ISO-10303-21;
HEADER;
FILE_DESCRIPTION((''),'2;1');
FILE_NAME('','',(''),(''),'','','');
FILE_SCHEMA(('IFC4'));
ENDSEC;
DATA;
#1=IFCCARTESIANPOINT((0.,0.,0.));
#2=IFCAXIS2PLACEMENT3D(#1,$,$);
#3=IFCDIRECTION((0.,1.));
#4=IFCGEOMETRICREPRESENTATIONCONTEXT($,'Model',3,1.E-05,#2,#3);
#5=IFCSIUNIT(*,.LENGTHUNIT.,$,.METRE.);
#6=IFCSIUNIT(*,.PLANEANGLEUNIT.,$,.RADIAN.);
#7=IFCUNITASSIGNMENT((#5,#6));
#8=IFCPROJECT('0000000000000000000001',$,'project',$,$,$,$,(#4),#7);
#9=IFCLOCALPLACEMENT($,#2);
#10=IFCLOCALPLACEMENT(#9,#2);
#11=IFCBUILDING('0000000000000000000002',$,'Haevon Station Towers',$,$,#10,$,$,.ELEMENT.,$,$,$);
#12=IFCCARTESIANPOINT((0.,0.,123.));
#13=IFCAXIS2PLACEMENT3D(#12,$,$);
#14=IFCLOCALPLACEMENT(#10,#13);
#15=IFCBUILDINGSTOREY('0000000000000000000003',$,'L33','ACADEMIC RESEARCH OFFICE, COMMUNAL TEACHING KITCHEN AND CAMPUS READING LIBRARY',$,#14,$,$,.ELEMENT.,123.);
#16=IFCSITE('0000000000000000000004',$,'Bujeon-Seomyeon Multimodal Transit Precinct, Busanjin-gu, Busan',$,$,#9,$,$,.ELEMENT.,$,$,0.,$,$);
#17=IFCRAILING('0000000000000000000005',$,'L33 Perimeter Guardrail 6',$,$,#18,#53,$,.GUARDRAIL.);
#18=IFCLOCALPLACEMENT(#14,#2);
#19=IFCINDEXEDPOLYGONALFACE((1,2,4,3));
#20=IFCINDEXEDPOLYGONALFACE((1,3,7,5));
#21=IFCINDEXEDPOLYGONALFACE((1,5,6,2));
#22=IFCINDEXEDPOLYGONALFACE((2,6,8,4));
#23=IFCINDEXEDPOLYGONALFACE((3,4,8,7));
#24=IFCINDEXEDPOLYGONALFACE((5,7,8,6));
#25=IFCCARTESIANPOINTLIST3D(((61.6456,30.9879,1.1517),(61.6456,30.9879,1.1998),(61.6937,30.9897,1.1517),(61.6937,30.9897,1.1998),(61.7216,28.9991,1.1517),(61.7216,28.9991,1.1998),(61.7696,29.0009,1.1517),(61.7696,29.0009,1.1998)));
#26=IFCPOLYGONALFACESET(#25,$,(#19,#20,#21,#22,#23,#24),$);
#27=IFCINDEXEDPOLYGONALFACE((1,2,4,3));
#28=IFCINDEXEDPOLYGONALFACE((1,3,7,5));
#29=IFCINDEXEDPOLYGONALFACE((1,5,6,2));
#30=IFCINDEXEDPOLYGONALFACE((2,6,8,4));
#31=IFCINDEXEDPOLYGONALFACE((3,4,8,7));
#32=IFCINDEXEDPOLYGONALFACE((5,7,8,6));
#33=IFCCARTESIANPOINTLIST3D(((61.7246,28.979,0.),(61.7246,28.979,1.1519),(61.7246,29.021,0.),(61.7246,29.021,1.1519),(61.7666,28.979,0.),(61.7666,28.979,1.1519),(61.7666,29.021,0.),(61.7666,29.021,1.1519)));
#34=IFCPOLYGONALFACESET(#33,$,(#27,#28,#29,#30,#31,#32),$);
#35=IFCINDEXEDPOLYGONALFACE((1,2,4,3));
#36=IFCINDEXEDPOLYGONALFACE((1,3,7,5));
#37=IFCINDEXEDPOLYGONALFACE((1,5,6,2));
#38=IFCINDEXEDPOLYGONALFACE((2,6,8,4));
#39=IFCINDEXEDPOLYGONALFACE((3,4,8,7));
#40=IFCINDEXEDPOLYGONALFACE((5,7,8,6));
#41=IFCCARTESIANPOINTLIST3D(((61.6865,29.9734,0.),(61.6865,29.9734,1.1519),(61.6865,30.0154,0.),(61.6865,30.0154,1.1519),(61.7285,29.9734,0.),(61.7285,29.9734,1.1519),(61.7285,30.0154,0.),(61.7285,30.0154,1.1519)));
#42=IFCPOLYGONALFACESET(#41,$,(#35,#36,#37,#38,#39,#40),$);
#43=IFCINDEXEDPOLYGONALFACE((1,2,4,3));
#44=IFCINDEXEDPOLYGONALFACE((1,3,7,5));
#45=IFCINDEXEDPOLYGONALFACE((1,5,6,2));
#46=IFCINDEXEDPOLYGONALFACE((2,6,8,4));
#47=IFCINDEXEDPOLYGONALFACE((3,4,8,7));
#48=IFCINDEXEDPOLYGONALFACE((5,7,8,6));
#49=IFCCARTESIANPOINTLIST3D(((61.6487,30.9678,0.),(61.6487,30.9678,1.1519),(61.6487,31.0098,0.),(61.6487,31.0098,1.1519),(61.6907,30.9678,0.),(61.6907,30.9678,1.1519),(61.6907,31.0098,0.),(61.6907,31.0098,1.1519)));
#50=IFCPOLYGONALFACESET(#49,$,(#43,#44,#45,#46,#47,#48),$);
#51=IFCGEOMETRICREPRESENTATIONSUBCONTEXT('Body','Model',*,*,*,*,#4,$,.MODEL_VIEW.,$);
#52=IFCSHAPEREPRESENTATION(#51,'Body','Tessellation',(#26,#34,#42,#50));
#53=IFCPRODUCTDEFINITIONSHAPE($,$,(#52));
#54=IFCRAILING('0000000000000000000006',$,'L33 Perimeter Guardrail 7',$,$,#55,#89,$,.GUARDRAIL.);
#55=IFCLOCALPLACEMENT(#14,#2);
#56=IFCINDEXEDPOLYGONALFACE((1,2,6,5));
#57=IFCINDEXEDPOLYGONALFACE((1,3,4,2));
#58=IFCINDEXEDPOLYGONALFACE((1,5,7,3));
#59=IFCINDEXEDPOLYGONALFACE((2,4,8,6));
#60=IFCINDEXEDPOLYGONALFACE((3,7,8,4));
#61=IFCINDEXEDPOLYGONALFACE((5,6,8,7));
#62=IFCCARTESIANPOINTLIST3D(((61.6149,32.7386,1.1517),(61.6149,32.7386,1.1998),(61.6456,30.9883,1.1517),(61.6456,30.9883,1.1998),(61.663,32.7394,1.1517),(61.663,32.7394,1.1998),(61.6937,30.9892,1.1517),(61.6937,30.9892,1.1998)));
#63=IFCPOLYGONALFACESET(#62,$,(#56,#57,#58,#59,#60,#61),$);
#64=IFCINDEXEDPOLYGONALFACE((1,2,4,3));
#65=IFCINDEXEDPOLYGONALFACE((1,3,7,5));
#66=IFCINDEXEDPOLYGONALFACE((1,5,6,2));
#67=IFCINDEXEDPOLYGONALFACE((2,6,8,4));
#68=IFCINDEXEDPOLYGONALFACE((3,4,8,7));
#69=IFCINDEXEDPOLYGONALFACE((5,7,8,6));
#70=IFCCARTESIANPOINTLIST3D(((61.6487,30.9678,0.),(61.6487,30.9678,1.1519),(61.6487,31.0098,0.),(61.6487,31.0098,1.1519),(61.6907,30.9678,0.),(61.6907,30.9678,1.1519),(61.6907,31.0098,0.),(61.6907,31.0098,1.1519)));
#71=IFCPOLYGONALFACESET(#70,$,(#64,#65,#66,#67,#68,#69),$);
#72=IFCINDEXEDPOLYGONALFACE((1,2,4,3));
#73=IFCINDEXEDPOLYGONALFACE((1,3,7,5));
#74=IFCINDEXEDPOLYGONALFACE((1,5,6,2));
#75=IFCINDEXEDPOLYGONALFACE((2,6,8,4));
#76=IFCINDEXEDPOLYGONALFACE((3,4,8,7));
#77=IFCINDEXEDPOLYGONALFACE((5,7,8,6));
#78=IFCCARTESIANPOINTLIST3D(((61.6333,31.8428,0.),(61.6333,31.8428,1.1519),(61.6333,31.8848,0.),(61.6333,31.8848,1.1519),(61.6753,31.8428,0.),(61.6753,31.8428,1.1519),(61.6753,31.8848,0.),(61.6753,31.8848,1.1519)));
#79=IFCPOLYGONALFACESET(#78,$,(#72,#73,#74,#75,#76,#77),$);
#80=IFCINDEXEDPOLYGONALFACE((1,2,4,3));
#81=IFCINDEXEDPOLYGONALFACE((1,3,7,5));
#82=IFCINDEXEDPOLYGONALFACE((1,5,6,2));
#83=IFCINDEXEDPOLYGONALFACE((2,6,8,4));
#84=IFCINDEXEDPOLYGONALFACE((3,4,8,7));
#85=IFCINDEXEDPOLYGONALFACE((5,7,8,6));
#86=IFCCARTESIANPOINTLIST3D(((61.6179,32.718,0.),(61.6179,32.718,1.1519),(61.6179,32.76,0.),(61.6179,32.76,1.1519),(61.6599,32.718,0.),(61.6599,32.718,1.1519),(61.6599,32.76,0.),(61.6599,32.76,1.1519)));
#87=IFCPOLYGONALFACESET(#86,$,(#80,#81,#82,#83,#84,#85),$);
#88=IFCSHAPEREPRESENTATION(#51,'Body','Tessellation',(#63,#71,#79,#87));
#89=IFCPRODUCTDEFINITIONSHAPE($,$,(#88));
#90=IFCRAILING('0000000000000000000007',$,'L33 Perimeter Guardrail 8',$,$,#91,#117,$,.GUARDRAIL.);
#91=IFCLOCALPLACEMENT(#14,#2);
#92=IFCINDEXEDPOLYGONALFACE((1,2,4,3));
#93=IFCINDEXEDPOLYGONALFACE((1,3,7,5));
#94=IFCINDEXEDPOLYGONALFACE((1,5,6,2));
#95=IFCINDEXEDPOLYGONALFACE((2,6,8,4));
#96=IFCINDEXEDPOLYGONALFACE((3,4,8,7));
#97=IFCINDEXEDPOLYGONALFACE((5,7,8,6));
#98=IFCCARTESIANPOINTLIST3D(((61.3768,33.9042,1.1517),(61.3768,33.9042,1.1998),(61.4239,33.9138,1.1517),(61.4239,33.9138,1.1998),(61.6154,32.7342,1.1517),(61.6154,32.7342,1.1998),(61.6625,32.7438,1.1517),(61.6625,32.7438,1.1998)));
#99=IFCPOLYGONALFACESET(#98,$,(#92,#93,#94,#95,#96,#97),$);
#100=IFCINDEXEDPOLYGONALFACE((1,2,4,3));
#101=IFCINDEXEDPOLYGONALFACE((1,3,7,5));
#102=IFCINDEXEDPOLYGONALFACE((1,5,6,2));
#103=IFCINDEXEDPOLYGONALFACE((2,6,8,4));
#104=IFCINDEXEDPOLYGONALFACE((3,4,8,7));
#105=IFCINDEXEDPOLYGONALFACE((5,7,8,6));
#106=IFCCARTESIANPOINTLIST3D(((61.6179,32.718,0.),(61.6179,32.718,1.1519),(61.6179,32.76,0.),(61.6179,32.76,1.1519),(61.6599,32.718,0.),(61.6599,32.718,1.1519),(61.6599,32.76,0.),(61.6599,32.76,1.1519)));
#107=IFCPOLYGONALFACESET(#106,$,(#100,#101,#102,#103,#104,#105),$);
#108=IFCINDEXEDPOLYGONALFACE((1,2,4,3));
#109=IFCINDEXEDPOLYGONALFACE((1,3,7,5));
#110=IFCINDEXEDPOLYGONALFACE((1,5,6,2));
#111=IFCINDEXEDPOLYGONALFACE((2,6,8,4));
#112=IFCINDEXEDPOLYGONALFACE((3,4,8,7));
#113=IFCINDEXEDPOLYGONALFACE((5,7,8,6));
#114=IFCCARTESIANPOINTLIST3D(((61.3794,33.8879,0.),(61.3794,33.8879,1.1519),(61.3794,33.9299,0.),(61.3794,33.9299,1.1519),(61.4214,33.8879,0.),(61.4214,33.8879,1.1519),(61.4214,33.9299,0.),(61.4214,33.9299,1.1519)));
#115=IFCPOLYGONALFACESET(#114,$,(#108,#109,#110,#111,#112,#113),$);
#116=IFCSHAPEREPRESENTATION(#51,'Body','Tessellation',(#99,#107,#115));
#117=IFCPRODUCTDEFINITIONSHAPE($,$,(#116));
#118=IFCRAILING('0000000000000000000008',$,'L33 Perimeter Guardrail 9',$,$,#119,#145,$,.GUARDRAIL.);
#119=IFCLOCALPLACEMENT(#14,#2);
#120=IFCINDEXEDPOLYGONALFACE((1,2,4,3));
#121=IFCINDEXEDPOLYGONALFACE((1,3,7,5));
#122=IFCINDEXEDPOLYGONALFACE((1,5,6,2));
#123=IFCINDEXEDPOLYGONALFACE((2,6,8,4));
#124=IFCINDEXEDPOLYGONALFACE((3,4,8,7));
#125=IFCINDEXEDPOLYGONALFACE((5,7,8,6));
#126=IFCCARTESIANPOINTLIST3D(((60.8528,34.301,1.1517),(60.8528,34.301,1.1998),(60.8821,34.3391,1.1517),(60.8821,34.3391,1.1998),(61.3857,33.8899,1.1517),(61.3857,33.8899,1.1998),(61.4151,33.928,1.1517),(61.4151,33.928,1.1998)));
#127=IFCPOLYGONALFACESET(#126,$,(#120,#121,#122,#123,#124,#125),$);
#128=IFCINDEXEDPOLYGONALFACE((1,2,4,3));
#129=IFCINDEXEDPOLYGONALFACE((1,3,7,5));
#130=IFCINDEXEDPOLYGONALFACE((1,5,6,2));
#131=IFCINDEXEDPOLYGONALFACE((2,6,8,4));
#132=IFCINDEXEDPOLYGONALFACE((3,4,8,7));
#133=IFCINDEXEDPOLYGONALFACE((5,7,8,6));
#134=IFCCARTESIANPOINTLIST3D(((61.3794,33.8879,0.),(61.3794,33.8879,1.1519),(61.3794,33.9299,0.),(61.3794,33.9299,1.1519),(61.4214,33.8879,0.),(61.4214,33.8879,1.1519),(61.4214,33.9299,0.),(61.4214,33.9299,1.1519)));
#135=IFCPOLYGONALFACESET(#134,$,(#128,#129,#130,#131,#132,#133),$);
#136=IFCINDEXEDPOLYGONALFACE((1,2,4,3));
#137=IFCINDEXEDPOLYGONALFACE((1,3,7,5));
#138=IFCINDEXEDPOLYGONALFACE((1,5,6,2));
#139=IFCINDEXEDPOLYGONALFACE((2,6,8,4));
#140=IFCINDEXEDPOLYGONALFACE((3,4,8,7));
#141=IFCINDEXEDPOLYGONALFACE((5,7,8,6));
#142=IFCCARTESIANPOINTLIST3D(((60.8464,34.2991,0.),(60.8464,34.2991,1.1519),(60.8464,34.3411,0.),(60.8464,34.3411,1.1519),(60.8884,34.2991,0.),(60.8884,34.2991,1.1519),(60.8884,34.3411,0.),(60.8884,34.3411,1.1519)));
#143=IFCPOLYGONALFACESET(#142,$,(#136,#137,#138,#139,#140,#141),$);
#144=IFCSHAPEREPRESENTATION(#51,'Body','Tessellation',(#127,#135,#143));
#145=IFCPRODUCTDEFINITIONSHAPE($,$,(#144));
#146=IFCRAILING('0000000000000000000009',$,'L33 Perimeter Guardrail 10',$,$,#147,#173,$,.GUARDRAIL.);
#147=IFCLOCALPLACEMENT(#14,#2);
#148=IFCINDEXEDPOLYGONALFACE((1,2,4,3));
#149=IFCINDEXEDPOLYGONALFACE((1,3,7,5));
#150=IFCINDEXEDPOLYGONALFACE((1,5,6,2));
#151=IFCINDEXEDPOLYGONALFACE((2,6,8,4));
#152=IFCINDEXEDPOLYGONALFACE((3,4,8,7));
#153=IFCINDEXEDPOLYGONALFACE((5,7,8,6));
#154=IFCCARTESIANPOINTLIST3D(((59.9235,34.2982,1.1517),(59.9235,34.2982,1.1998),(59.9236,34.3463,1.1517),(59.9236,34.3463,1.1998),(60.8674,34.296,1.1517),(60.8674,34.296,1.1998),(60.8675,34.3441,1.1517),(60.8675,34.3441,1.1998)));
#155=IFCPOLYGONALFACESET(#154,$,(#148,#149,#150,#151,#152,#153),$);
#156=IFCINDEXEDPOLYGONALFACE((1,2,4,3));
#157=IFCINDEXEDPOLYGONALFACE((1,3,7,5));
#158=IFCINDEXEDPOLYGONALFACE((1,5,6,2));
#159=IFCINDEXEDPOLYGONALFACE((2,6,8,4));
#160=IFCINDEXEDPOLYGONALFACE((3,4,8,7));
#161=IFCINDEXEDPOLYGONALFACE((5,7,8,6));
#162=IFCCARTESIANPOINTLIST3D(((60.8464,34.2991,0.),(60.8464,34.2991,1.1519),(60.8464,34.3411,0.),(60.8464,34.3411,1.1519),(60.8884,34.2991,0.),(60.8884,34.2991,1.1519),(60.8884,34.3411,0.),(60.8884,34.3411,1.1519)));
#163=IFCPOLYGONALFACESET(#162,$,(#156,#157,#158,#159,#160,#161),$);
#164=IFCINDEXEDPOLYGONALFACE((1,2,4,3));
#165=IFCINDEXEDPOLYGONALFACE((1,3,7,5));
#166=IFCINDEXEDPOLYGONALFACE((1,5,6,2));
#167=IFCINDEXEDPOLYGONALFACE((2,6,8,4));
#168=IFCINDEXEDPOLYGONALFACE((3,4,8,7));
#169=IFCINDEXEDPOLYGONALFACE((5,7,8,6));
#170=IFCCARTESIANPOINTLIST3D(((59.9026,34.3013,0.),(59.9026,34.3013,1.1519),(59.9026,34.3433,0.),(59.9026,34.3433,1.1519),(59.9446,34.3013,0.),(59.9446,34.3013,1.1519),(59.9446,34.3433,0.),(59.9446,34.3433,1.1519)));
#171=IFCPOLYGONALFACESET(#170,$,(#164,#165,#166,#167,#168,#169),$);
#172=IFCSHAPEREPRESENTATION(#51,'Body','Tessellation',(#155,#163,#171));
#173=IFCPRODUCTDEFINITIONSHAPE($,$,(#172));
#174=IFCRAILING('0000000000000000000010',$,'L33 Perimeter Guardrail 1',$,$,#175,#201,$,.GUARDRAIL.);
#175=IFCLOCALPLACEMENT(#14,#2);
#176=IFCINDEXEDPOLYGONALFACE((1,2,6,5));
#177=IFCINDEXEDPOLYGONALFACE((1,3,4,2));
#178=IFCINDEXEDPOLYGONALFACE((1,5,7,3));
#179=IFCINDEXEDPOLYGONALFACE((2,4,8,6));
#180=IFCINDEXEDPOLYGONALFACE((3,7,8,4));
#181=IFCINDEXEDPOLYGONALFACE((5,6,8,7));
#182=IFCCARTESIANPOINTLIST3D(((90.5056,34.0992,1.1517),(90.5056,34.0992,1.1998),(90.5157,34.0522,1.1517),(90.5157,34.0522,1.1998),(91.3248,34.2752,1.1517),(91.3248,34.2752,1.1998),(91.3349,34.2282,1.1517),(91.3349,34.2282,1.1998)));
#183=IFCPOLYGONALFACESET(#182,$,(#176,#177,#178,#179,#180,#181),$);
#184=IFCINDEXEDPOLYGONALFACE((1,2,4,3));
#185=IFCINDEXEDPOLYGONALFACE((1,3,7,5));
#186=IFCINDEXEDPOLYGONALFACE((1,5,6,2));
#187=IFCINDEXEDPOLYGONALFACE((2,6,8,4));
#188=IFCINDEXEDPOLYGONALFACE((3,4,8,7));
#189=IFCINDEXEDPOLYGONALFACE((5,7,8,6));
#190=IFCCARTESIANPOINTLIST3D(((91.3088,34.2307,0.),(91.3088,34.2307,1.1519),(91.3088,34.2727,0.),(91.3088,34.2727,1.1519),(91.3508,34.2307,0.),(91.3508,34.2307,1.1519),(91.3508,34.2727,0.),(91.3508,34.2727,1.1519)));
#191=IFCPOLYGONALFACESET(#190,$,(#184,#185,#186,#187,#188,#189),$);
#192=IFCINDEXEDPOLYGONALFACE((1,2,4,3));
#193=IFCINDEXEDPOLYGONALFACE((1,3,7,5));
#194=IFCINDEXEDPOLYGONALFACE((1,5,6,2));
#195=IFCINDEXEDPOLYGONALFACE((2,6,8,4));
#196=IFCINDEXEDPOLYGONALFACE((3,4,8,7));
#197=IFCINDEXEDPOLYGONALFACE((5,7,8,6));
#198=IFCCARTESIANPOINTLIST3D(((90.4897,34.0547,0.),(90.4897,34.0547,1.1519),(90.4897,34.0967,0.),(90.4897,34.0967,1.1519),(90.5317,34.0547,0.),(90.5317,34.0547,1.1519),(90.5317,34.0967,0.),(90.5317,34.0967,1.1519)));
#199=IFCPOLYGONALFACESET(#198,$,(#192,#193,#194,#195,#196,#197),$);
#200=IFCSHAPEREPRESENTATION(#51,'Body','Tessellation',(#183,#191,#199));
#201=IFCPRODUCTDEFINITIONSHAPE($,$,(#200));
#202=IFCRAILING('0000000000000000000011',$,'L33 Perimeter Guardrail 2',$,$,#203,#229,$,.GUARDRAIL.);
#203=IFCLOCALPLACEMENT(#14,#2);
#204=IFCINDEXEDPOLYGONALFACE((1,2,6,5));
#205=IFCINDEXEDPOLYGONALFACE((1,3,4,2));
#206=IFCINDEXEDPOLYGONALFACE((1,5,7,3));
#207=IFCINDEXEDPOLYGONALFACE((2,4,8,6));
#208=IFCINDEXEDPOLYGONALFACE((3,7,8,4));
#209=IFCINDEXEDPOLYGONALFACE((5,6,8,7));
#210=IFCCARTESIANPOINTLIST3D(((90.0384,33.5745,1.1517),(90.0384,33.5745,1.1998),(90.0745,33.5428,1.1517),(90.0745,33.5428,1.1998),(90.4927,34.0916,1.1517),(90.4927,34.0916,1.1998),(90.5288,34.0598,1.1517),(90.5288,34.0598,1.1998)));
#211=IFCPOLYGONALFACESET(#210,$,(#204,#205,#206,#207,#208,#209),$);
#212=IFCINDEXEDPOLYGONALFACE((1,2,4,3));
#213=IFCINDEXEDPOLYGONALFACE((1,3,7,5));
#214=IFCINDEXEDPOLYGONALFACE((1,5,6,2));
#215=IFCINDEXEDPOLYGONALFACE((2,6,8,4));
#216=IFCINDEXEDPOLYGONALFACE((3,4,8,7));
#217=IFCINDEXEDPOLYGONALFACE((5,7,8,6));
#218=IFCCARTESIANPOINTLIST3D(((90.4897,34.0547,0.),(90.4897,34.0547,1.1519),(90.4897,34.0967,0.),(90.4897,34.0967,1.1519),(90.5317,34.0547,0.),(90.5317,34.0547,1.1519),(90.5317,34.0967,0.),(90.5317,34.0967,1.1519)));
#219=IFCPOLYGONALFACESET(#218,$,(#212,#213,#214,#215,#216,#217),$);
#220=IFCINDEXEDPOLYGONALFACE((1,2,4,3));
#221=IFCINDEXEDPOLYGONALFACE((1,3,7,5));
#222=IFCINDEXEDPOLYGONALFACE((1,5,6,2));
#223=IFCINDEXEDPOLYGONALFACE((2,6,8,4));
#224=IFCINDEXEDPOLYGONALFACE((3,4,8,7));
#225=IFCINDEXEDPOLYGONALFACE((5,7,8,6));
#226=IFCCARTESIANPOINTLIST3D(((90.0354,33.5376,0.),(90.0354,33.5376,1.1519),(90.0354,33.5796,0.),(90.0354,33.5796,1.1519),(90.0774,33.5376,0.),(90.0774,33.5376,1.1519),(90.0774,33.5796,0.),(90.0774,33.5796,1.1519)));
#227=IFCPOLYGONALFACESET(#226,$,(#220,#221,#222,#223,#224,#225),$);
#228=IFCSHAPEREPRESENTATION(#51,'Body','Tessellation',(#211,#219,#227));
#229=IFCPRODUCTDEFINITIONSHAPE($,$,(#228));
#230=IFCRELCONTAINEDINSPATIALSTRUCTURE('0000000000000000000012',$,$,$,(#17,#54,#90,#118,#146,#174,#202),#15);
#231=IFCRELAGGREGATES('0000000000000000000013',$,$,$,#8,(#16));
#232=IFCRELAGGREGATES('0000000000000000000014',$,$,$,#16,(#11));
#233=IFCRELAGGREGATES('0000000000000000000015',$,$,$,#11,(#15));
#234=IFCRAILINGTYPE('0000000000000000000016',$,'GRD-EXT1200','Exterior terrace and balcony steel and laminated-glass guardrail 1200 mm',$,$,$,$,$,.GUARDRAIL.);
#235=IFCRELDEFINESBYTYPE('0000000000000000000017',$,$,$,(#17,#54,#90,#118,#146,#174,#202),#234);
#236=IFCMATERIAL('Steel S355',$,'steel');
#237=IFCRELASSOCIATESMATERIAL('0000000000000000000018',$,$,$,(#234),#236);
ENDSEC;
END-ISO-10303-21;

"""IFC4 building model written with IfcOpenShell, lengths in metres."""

from ifc_helpers import new_model, si_unit, direction, frame, origin, origin_2d, place, context, subcontext, project, spatial, rectangle, extrude, material, type_object, element, save


model = new_model("IFC4")

# Units and contexts
model_context = context("Model", 3, precision=1e-05, world=origin(), true_north=direction((0.0, 1.0)))
body_context = subcontext(model_context, "Body", "Model", "MODEL_VIEW")
ifc_project = project(units=[si_unit("LENGTHUNIT", "METRE"), si_unit("PLANEANGLEUNIT", "RADIAN")], contexts=[model_context])

# Site, building, storey
site_placement = place(None, origin())
site = spatial("IfcSite", under=ifc_project, at=site_placement, Name="Bujeon-Seomyeon Multimodal Transit Precinct, Busanjin-gu, Busan", CompositionType="ELEMENT", RefElevation=0.0)
building_placement = place(site_placement, origin())
building = spatial("IfcBuilding", under=site, at=building_placement, Name="Haevon Station Towers", CompositionType="ELEMENT")
storey_placement = place(building_placement, frame((0.0, 0.0, 123.0)))
storey = spatial("IfcBuildingStorey", under=building, at=storey_placement, Name="L33", Description="ACADEMIC RESEARCH OFFICE, COMMUNAL TEACHING KITCHEN AND CAMPUS READING LIBRARY", CompositionType="ELEMENT", Elevation=123.0)

# Shared definitions
ifc_material_1 = material(Name="Steel S355", Category="steel")

# Railings
railing_type = type_object("IfcRailingType", Name="GRD-EXT1200", Description="Exterior terrace and balcony steel and laminated-glass guardrail 1200 mm", PredefinedType="GUARDRAIL", material=ifc_material_1)
railing_1_placement = place(storey_placement, frame((61.7456, 29.0, 0.0)))
element("IfcRailing", 1, at=railing_1_placement, inside=storey, type_object=railing_type, Name="L33 Perimeter Guardrail 6", PredefinedType="GUARDRAIL", context=body_context, shape_type="SweptSolid", body=[
    extrude(rectangle(XDim=0.0481, YDim=0.0481, at=origin_2d()), frame((0.0, 0.0, 1.1758), z_axis=(-0.03815, 0.999272, 0.0), x_axis=(-0.999272, -0.03815, 0.0)), (0.0, 0.0, 1.0), 1.9902),
    extrude(rectangle(XDim=0.042, YDim=0.042, at=origin_2d()), origin(), (0.0, 0.0, 1.0), 1.1519),
    extrude(rectangle(XDim=0.042, YDim=0.042, at=origin_2d()), frame((-0.0381, 0.9944, 0.0)), (0.0, 0.0, 1.0), 1.1519),
    extrude(rectangle(XDim=0.042, YDim=0.042, at=origin_2d()), frame((-0.0759, 1.9888, 0.0)), (0.0, 0.0, 1.0), 1.1519),
])
railing_2_placement = place(storey_placement, frame((61.6697, 30.9888, 0.0)))
element("IfcRailing", 2, at=railing_2_placement, inside=storey, type_object=railing_type, Name="L33 Perimeter Guardrail 7", PredefinedType="GUARDRAIL", context=body_context, shape_type="SweptSolid", body=[
    extrude(rectangle(XDim=0.0481, YDim=0.0481, at=origin_2d()), frame((0.0, 0.0, 1.1758), z_axis=(-0.017573, 0.999846, 0.0), x_axis=(-0.999846, -0.017573, 0.0)), (0.0, 0.0, 1.0), 1.7505),
    extrude(rectangle(XDim=0.042, YDim=0.042, at=origin_2d()), origin(), (0.0, 0.0, 1.0), 1.1519),
    extrude(rectangle(XDim=0.042, YDim=0.042, at=origin_2d()), frame((-0.0154, 0.875, 0.0)), (0.0, 0.0, 1.0), 1.1519),
    extrude(rectangle(XDim=0.042, YDim=0.042, at=origin_2d()), frame((-0.0308, 1.7502, 0.0)), (0.0, 0.0, 1.0), 1.1519),
])
railing_3_placement = place(storey_placement, frame((61.6389, 32.739, 0.0)))
element("IfcRailing", 3, at=railing_3_placement, inside=storey, type_object=railing_type, Name="L33 Perimeter Guardrail 8", PredefinedType="GUARDRAIL", context=body_context, shape_type="SweptSolid", body=[
    extrude(rectangle(XDim=0.0481, YDim=0.0481, at=origin_2d()), frame((0.0, 0.0, 1.1758), z_axis=(-0.199772, 0.979842, 0.0), x_axis=(-0.979842, -0.199772, 0.0)), (0.0, 0.0, 1.0), 1.1941),
    extrude(rectangle(XDim=0.042, YDim=0.042, at=origin_2d()), origin(), (0.0, 0.0, 1.0), 1.1519),
    extrude(rectangle(XDim=0.042, YDim=0.042, at=origin_2d()), frame((-0.2385, 1.1699, 0.0)), (0.0, 0.0, 1.0), 1.1519),
])
railing_4_placement = place(storey_placement, frame((61.4004, 33.9089, 0.0)))
element("IfcRailing", 4, at=railing_4_placement, inside=storey, type_object=railing_type, Name="L33 Perimeter Guardrail 9", PredefinedType="GUARDRAIL", context=body_context, shape_type="SweptSolid", body=[
    extrude(rectangle(XDim=0.0481, YDim=0.0481, at=origin_2d()), frame((0.0, 0.0, 1.1758), z_axis=(-0.791787, 0.610797, 0.0), x_axis=(-0.610797, -0.791787, 0.0)), (0.0, 0.0, 1.0), 0.6731),
    extrude(rectangle(XDim=0.042, YDim=0.042, at=origin_2d()), origin(), (0.0, 0.0, 1.0), 1.1519),
    extrude(rectangle(XDim=0.042, YDim=0.042, at=origin_2d()), frame((-0.533, 0.4111, 0.0)), (0.0, 0.0, 1.0), 1.1519),
])
railing_5_placement = place(storey_placement, frame((60.8674, 34.3201, 0.0)))
element("IfcRailing", 5, at=railing_5_placement, inside=storey, type_object=railing_type, Name="L33 Perimeter Guardrail 10", PredefinedType="GUARDRAIL", context=body_context, shape_type="SweptSolid", body=[
    extrude(rectangle(XDim=0.0481, YDim=0.0481, at=origin_2d()), frame((0.0, 0.0, 1.1758), z_axis=(-0.999997, 0.002328, 0.0), x_axis=(-0.002328, -0.999997, 0.0)), (0.0, 0.0, 1.0), 0.9438),
    extrude(rectangle(XDim=0.042, YDim=0.042, at=origin_2d()), origin(), (0.0, 0.0, 1.0), 1.1519),
    extrude(rectangle(XDim=0.042, YDim=0.042, at=origin_2d()), frame((-0.9438, 0.0022, 0.0)), (0.0, 0.0, 1.0), 1.1519),
])
railing_6_placement = place(storey_placement, frame((91.3298, 34.2517, 0.0)))
element("IfcRailing", 6, at=railing_6_placement, inside=storey, type_object=railing_type, Name="L33 Perimeter Guardrail 1", PredefinedType="GUARDRAIL", context=body_context, shape_type="SweptSolid", body=[
    extrude(rectangle(XDim=0.0481, YDim=0.0481, at=origin_2d()), frame((0.0, 0.0, 1.1758), z_axis=(-0.977679, -0.210106, 0.0), x_axis=(0.210106, -0.977679, 0.0)), (0.0, 0.0, 1.0), 0.8379),
    extrude(rectangle(XDim=0.042, YDim=0.042, at=origin_2d()), origin(), (0.0, 0.0, 1.0), 1.1519),
    extrude(rectangle(XDim=0.042, YDim=0.042, at=origin_2d()), frame((-0.8191, -0.176, 0.0)), (0.0, 0.0, 1.0), 1.1519),
])
railing_7_placement = place(storey_placement, frame((90.5107, 34.0757, 0.0)))
element("IfcRailing", 7, at=railing_7_placement, inside=storey, type_object=railing_type, Name="L33 Perimeter Guardrail 2", PredefinedType="GUARDRAIL", context=body_context, shape_type="SweptSolid", body=[
    extrude(rectangle(XDim=0.0481, YDim=0.0481, at=origin_2d()), frame((0.0, 0.0, 1.1758), z_axis=(-0.66006, -0.751213, 0.0), x_axis=(0.751213, -0.66006, 0.0)), (0.0, 0.0, 1.0), 0.6882),
    extrude(rectangle(XDim=0.042, YDim=0.042, at=origin_2d()), origin(), (0.0, 0.0, 1.0), 1.1519),
    extrude(rectangle(XDim=0.042, YDim=0.042, at=origin_2d()), frame((-0.4543, -0.5171, 0.0)), (0.0, 0.0, 1.0), 1.1519),
])

save(model, "model.ifc")
